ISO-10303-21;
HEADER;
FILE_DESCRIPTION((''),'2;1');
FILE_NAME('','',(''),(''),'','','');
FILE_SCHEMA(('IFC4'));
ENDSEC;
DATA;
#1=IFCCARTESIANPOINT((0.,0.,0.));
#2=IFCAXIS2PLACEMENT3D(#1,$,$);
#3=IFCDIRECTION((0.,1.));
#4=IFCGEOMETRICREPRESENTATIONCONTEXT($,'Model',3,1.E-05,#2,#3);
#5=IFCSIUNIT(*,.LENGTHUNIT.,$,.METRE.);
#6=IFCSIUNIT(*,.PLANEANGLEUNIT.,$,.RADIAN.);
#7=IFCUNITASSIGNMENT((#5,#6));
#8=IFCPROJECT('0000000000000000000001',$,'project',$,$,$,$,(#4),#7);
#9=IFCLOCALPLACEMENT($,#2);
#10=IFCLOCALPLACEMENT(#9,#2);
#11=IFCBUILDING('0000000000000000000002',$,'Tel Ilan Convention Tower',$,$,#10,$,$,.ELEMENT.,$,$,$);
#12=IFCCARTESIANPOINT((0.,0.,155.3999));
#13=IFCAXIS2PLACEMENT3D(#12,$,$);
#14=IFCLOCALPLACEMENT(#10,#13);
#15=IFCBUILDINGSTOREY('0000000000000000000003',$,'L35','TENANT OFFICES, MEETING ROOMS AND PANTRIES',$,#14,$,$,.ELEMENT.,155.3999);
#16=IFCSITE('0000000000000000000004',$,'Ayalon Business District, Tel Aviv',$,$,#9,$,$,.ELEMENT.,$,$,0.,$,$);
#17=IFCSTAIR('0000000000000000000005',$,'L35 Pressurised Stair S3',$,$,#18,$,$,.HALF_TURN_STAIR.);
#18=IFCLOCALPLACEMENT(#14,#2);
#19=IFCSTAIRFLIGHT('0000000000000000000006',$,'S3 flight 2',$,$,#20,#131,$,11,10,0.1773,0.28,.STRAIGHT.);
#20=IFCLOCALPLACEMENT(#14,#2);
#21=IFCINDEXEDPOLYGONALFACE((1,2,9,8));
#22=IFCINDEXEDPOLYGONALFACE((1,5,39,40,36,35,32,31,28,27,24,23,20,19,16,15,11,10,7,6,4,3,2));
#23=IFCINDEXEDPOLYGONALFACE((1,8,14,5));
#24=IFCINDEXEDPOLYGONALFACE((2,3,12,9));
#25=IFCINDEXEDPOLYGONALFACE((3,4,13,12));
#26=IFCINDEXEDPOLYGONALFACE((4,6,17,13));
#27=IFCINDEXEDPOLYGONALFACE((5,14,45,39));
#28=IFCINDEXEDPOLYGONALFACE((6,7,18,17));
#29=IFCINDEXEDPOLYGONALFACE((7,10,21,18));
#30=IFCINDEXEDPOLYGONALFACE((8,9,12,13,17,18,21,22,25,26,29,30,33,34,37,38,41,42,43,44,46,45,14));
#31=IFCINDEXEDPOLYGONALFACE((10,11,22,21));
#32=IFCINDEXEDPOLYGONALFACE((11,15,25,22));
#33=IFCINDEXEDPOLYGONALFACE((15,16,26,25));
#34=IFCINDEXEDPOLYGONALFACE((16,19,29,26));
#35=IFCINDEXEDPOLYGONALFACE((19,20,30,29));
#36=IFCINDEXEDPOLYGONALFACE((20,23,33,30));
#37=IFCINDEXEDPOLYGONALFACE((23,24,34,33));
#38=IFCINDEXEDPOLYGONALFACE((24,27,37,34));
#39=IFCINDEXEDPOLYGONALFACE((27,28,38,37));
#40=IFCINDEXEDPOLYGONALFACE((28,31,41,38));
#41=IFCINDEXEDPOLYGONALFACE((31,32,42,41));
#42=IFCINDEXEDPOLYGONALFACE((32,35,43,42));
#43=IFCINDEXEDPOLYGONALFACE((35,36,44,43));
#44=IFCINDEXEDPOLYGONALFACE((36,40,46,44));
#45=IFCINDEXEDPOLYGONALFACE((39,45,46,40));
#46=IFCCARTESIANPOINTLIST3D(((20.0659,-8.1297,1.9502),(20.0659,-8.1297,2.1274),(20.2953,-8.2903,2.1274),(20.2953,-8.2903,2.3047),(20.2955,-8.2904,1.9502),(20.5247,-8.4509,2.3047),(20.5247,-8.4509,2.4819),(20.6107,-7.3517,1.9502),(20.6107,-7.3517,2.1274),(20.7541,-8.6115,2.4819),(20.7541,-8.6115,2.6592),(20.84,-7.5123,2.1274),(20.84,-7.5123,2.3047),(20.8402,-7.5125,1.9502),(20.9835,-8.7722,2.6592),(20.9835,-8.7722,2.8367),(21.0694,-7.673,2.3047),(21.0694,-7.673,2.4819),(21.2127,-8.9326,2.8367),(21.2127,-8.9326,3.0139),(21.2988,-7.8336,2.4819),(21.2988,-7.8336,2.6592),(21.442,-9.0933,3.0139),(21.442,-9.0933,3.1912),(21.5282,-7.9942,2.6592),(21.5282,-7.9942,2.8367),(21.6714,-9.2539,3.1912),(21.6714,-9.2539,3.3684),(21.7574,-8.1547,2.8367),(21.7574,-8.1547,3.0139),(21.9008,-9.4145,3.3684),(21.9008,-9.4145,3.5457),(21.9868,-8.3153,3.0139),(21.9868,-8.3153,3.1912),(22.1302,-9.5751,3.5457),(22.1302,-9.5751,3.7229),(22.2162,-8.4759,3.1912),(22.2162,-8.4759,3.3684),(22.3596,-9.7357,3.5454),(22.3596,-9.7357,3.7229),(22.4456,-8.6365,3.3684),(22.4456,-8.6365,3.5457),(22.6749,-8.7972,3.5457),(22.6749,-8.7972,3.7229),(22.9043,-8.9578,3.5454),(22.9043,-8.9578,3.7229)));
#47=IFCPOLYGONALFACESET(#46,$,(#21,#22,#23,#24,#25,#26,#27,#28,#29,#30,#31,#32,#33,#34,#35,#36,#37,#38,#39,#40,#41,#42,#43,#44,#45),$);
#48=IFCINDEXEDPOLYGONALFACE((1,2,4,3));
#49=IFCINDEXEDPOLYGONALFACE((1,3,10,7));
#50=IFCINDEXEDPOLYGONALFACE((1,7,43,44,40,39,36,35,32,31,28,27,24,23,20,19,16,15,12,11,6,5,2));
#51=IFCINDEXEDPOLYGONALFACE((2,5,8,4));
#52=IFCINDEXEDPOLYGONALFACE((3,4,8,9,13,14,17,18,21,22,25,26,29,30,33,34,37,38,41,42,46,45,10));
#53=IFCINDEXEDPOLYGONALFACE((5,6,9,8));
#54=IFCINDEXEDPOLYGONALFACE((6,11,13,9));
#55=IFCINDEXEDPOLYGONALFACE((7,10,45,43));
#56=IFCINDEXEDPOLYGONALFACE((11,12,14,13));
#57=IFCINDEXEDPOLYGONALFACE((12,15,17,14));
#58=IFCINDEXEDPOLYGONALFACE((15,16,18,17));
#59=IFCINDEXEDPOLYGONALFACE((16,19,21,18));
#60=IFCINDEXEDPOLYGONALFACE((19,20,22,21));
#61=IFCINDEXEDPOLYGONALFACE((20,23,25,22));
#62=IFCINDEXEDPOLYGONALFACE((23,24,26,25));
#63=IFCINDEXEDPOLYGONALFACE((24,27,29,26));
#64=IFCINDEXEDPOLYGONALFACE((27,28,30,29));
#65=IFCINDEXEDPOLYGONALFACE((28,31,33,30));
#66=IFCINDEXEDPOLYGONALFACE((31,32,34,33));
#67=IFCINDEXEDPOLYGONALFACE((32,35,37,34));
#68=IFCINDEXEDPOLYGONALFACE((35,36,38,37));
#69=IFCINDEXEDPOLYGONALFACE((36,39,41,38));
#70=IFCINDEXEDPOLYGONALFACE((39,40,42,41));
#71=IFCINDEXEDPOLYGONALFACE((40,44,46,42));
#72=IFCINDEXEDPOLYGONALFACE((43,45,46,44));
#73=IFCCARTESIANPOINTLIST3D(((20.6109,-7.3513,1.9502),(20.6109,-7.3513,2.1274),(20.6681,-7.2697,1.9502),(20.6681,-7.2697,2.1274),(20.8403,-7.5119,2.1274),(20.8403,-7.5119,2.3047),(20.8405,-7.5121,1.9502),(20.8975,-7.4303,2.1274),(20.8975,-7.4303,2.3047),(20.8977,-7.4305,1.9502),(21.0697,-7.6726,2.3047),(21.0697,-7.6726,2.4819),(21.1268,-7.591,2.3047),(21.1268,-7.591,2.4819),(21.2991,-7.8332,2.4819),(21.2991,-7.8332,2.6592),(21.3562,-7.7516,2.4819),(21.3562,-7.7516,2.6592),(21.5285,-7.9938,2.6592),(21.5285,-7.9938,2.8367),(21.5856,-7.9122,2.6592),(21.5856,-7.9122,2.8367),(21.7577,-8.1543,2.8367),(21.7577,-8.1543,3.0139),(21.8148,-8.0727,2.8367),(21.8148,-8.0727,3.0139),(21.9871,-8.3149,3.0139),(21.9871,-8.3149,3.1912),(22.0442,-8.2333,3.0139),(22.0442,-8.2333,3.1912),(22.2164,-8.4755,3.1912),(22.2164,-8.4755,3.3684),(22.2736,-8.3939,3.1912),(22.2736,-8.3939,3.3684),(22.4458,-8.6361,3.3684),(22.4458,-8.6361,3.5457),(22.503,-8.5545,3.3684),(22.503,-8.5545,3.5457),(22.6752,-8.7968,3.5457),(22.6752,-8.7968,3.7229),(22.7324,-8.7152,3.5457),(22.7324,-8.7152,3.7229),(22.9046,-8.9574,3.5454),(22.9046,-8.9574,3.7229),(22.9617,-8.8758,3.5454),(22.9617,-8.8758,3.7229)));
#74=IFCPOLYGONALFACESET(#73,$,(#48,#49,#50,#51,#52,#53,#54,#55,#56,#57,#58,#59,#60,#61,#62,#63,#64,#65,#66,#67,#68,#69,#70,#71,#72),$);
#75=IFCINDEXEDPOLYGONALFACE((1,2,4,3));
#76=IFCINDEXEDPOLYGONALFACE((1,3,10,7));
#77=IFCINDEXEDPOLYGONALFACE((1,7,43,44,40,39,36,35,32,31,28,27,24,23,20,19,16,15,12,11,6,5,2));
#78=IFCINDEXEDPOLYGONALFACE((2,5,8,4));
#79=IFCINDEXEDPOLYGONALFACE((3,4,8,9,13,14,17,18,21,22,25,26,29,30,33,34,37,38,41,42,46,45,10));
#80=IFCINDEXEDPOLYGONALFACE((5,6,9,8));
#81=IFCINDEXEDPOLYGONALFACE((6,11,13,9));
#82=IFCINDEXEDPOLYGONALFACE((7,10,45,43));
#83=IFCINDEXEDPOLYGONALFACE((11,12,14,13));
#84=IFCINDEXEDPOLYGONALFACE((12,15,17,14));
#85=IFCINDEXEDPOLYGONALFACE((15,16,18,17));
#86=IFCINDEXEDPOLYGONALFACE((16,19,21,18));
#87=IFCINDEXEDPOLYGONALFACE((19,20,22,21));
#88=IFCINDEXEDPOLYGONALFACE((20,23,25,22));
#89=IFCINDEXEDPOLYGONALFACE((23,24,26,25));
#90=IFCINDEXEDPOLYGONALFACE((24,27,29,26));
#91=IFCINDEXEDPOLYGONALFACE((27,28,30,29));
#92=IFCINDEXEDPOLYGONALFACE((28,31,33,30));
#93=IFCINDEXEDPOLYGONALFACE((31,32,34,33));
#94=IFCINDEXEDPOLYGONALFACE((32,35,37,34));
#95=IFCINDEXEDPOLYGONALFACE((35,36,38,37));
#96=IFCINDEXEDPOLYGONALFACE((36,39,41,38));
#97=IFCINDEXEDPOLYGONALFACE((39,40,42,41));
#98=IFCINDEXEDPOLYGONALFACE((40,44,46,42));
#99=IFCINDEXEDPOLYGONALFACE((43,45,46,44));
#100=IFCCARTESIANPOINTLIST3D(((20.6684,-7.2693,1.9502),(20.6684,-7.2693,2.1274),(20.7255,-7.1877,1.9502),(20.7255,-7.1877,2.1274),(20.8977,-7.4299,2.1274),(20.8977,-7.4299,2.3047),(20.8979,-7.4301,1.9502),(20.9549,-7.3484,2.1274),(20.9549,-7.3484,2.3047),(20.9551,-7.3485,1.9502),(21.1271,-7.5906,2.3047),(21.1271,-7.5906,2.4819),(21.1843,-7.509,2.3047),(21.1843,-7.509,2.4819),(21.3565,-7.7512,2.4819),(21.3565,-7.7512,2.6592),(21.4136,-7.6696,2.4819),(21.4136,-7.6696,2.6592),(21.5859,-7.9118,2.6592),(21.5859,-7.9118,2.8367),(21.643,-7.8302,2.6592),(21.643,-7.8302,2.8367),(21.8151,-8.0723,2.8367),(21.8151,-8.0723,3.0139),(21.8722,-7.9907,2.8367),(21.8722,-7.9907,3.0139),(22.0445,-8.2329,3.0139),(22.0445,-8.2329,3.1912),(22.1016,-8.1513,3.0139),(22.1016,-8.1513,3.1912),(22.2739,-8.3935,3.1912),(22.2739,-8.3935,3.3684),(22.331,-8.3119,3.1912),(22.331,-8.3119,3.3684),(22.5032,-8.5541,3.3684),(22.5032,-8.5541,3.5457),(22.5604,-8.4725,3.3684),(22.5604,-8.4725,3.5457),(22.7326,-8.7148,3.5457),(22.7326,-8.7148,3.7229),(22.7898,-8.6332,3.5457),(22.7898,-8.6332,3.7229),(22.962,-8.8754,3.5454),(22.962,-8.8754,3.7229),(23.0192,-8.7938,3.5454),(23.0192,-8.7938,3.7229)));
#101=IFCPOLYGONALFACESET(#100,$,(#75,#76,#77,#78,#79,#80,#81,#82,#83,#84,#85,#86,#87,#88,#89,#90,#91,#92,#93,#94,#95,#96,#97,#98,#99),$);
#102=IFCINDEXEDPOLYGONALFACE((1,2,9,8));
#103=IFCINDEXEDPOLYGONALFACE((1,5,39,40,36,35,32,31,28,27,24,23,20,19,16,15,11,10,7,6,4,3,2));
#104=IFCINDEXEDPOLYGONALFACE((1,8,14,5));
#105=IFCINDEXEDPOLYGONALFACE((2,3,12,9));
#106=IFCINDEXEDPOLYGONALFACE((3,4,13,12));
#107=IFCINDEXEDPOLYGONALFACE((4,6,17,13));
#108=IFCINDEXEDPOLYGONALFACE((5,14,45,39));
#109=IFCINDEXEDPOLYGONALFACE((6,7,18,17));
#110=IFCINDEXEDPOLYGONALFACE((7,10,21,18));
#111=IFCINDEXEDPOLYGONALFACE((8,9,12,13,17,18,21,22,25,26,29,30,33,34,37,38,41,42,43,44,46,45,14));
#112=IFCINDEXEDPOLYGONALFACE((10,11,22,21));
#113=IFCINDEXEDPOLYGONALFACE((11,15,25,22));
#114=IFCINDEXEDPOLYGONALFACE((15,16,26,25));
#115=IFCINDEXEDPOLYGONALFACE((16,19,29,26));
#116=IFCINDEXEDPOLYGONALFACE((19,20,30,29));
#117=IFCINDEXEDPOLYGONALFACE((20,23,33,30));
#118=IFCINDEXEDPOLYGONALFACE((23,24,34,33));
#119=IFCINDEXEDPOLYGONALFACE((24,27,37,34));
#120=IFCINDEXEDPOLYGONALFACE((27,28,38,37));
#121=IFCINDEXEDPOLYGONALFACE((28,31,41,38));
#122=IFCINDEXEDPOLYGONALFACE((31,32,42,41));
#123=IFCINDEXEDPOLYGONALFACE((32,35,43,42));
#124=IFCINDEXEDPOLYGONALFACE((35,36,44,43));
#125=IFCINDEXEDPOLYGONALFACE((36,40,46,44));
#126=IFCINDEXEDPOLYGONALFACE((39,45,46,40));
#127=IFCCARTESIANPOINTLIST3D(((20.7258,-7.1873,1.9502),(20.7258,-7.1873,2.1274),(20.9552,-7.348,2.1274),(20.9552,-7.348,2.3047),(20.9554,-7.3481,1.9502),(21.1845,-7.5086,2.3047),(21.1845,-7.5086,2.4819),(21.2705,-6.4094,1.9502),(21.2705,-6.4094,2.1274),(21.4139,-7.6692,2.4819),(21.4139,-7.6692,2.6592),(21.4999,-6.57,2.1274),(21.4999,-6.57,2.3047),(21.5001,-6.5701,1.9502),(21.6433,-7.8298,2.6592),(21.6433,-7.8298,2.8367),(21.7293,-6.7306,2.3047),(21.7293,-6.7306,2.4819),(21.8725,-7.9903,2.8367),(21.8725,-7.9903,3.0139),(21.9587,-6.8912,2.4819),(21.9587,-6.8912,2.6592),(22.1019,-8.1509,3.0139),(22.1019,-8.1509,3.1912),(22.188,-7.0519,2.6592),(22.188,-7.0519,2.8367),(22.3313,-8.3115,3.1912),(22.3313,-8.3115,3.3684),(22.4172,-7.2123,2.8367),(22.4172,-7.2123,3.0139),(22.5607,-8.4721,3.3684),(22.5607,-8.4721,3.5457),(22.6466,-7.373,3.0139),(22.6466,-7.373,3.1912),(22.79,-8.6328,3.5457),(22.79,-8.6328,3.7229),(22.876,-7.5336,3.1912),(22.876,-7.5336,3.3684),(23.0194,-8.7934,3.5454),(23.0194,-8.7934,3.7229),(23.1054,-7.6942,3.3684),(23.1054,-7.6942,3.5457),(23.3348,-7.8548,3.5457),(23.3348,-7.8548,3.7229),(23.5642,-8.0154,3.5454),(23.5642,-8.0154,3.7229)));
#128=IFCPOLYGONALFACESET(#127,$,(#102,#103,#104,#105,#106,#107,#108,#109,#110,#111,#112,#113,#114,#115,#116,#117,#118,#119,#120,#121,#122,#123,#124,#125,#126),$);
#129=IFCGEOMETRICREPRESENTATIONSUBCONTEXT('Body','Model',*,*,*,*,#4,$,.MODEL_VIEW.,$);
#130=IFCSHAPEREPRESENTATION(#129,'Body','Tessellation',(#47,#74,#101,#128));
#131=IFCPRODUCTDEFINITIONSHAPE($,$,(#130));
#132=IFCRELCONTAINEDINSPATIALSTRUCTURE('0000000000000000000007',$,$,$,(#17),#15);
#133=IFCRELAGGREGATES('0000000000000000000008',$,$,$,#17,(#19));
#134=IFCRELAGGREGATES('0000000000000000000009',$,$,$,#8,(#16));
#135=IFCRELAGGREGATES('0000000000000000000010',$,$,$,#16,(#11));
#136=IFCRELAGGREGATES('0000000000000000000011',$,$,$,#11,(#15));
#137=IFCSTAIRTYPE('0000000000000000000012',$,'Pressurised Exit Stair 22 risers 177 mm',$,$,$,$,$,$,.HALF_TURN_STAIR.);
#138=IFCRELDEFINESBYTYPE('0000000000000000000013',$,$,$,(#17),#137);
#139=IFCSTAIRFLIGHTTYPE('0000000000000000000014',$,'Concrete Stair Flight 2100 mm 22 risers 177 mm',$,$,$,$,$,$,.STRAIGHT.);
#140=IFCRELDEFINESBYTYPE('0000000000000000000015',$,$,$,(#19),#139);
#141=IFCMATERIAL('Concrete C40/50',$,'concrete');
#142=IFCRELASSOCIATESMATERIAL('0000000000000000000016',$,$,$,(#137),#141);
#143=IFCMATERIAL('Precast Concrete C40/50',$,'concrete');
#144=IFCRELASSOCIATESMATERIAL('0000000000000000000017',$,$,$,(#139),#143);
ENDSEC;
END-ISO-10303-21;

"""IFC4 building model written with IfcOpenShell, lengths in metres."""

from ifc_helpers import new_model, si_unit, direction, frame, origin, place, context, subcontext, project, spatial, polyline, outline, extrude, material, type_object, element, aggregate, save


model = new_model("IFC4")

# Units and contexts
model_context = context("Model", 3, precision=1e-05, world=origin(), true_north=direction((0.0, 1.0)))
body_context = subcontext(model_context, "Body", "Model", "MODEL_VIEW")
ifc_project = project(units=[si_unit("LENGTHUNIT", "METRE"), si_unit("PLANEANGLEUNIT", "RADIAN")], contexts=[model_context])

# Site, building, storey
site_placement = place(None, origin())
site = spatial("IfcSite", under=ifc_project, at=site_placement, Name="Ayalon Business District, Tel Aviv", CompositionType="ELEMENT", RefElevation=0.0)
building_placement = place(site_placement, origin())
building = spatial("IfcBuilding", under=site, at=building_placement, Name="Tel Ilan Convention Tower", CompositionType="ELEMENT")
storey_placement = place(building_placement, frame((0.0, 0.0, 155.3999)))
storey = spatial("IfcBuildingStorey", under=building, at=storey_placement, Name="L35", Description="TENANT OFFICES, MEETING ROOMS AND PANTRIES", CompositionType="ELEMENT", Elevation=155.3999)

# Stair, stair flight
ifc_material_1 = material(Name="Concrete C40/50", Category="concrete")
stair_type = type_object("IfcStairType", Name="Pressurised Exit Stair 22 risers 177 mm", PredefinedType="HALF_TURN_STAIR", material=ifc_material_1)
stair_1_placement = place(storey_placement, origin())
stair_1 = element("IfcStair", 1, at=stair_1_placement, inside=storey, type_object=stair_type, Name="L35 Pressurised Stair S3", PredefinedType="HALF_TURN_STAIR")
ifc_material_2 = material(Name="Precast Concrete C40/50", Category="concrete")
stair_flight_type = type_object("IfcStairFlightType", Name="Concrete Stair Flight 2100 mm 22 risers 177 mm", PredefinedType="STRAIGHT", material=ifc_material_2)
stair_flight_1_placement = place(storey_placement, frame((20.6682, -7.2695, 1.9502), z_axis=(0.0, 0.0, 1.0), x_axis=(0.819152, -0.573576, 0.0)))
stair_flight_1 = element("IfcStairFlight", 2, at=stair_flight_1_placement, type_object=stair_flight_type, Name="S3 flight 2", NumberOfRisers=11, NumberOfTreads=10, PredefinedType="STRAIGHT", RiserHeight=0.1773, TreadLength=0.28, context=body_context, shape_type="SweptSolid", body=[
    extrude(outline(polyline([(0.0, 0.0), (0.0, 0.1772), (0.28, 0.1772), (0.28, 0.3545), (0.5601, 0.3545), (0.5601, 0.5317), (0.8401, 0.5317), (0.8401, 0.709), (1.1201, 0.709), (1.1201, 0.8865), (1.3999, 0.8865), (1.3999, 1.0637), (1.6799, 1.0637), (1.6799, 1.241), (1.96, 1.241), (1.96, 1.4182), (2.24, 1.4182), (2.24, 1.5955), (2.52, 1.5955), (2.52, 1.7727), (2.8, 1.7727), (2.8, 1.95), (2.8, 1.5952), (0.2803, 0.0), (0.0, 0.0)])), frame((0.0, -0.1003, 0.0), z_axis=(0.0, -1.0, 0.0), x_axis=(1.0, 0.0, 0.0)), (0.0, 0.0, 1.0), 0.9497),
    extrude(outline(polyline([(0.0, 0.0), (0.0, 0.1772), (0.28, 0.1772), (0.28, 0.3545), (0.5601, 0.3545), (0.5601, 0.5317), (0.8401, 0.5317), (0.8401, 0.709), (1.1201, 0.709), (1.1201, 0.8865), (1.3999, 0.8865), (1.3999, 1.0637), (1.6799, 1.0637), (1.6799, 1.241), (1.96, 1.241), (1.96, 1.4182), (2.24, 1.4182), (2.24, 1.5955), (2.52, 1.5955), (2.52, 1.7727), (2.8, 1.7727), (2.8, 1.95), (2.8, 1.5952), (0.2803, 0.0), (0.0, 0.0)])), frame((0.0, -0.0002, 0.0), z_axis=(0.0, -1.0, 0.0), x_axis=(1.0, 0.0, 0.0)), (0.0, 0.0, 1.0), 0.0996),
    extrude(outline(polyline([(0.0, 0.0), (0.0, 0.1772), (0.28, 0.1772), (0.28, 0.3545), (0.5601, 0.3545), (0.5601, 0.5317), (0.8401, 0.5317), (0.8401, 0.709), (1.1201, 0.709), (1.1201, 0.8865), (1.3999, 0.8865), (1.3999, 1.0637), (1.6799, 1.0637), (1.6799, 1.241), (1.96, 1.241), (1.96, 1.4182), (2.24, 1.4182), (2.24, 1.5955), (2.52, 1.5955), (2.52, 1.7727), (2.8, 1.7727), (2.8, 1.95), (2.8, 1.5952), (0.2803, 0.0), (0.0, 0.0)])), frame((0.0, 0.0999, 0.0), z_axis=(0.0, -1.0, 0.0), x_axis=(1.0, 0.0, 0.0)), (0.0, 0.0, 1.0), 0.0996),
    extrude(outline(polyline([(0.0, 0.0), (0.0, 0.1772), (0.28, 0.1772), (0.28, 0.3545), (0.5601, 0.3545), (0.5601, 0.5317), (0.8401, 0.5317), (0.8401, 0.709), (1.1201, 0.709), (1.1201, 0.8865), (1.3999, 0.8865), (1.3999, 1.0637), (1.6799, 1.0637), (1.6799, 1.241), (1.96, 1.241), (1.96, 1.4182), (2.24, 1.4182), (2.24, 1.5955), (2.52, 1.5955), (2.52, 1.7727), (2.8, 1.7727), (2.8, 1.95), (2.8, 1.5952), (0.2803, 0.0), (0.0, 0.0)])), frame((0.0, 1.05, 0.0), z_axis=(0.0, -1.0, 0.0), x_axis=(1.0, 0.0, 0.0)), (0.0, 0.0, 1.0), 0.9497),
])
aggregate(stair_1, [stair_flight_1])

save(model, "model.ifc")
